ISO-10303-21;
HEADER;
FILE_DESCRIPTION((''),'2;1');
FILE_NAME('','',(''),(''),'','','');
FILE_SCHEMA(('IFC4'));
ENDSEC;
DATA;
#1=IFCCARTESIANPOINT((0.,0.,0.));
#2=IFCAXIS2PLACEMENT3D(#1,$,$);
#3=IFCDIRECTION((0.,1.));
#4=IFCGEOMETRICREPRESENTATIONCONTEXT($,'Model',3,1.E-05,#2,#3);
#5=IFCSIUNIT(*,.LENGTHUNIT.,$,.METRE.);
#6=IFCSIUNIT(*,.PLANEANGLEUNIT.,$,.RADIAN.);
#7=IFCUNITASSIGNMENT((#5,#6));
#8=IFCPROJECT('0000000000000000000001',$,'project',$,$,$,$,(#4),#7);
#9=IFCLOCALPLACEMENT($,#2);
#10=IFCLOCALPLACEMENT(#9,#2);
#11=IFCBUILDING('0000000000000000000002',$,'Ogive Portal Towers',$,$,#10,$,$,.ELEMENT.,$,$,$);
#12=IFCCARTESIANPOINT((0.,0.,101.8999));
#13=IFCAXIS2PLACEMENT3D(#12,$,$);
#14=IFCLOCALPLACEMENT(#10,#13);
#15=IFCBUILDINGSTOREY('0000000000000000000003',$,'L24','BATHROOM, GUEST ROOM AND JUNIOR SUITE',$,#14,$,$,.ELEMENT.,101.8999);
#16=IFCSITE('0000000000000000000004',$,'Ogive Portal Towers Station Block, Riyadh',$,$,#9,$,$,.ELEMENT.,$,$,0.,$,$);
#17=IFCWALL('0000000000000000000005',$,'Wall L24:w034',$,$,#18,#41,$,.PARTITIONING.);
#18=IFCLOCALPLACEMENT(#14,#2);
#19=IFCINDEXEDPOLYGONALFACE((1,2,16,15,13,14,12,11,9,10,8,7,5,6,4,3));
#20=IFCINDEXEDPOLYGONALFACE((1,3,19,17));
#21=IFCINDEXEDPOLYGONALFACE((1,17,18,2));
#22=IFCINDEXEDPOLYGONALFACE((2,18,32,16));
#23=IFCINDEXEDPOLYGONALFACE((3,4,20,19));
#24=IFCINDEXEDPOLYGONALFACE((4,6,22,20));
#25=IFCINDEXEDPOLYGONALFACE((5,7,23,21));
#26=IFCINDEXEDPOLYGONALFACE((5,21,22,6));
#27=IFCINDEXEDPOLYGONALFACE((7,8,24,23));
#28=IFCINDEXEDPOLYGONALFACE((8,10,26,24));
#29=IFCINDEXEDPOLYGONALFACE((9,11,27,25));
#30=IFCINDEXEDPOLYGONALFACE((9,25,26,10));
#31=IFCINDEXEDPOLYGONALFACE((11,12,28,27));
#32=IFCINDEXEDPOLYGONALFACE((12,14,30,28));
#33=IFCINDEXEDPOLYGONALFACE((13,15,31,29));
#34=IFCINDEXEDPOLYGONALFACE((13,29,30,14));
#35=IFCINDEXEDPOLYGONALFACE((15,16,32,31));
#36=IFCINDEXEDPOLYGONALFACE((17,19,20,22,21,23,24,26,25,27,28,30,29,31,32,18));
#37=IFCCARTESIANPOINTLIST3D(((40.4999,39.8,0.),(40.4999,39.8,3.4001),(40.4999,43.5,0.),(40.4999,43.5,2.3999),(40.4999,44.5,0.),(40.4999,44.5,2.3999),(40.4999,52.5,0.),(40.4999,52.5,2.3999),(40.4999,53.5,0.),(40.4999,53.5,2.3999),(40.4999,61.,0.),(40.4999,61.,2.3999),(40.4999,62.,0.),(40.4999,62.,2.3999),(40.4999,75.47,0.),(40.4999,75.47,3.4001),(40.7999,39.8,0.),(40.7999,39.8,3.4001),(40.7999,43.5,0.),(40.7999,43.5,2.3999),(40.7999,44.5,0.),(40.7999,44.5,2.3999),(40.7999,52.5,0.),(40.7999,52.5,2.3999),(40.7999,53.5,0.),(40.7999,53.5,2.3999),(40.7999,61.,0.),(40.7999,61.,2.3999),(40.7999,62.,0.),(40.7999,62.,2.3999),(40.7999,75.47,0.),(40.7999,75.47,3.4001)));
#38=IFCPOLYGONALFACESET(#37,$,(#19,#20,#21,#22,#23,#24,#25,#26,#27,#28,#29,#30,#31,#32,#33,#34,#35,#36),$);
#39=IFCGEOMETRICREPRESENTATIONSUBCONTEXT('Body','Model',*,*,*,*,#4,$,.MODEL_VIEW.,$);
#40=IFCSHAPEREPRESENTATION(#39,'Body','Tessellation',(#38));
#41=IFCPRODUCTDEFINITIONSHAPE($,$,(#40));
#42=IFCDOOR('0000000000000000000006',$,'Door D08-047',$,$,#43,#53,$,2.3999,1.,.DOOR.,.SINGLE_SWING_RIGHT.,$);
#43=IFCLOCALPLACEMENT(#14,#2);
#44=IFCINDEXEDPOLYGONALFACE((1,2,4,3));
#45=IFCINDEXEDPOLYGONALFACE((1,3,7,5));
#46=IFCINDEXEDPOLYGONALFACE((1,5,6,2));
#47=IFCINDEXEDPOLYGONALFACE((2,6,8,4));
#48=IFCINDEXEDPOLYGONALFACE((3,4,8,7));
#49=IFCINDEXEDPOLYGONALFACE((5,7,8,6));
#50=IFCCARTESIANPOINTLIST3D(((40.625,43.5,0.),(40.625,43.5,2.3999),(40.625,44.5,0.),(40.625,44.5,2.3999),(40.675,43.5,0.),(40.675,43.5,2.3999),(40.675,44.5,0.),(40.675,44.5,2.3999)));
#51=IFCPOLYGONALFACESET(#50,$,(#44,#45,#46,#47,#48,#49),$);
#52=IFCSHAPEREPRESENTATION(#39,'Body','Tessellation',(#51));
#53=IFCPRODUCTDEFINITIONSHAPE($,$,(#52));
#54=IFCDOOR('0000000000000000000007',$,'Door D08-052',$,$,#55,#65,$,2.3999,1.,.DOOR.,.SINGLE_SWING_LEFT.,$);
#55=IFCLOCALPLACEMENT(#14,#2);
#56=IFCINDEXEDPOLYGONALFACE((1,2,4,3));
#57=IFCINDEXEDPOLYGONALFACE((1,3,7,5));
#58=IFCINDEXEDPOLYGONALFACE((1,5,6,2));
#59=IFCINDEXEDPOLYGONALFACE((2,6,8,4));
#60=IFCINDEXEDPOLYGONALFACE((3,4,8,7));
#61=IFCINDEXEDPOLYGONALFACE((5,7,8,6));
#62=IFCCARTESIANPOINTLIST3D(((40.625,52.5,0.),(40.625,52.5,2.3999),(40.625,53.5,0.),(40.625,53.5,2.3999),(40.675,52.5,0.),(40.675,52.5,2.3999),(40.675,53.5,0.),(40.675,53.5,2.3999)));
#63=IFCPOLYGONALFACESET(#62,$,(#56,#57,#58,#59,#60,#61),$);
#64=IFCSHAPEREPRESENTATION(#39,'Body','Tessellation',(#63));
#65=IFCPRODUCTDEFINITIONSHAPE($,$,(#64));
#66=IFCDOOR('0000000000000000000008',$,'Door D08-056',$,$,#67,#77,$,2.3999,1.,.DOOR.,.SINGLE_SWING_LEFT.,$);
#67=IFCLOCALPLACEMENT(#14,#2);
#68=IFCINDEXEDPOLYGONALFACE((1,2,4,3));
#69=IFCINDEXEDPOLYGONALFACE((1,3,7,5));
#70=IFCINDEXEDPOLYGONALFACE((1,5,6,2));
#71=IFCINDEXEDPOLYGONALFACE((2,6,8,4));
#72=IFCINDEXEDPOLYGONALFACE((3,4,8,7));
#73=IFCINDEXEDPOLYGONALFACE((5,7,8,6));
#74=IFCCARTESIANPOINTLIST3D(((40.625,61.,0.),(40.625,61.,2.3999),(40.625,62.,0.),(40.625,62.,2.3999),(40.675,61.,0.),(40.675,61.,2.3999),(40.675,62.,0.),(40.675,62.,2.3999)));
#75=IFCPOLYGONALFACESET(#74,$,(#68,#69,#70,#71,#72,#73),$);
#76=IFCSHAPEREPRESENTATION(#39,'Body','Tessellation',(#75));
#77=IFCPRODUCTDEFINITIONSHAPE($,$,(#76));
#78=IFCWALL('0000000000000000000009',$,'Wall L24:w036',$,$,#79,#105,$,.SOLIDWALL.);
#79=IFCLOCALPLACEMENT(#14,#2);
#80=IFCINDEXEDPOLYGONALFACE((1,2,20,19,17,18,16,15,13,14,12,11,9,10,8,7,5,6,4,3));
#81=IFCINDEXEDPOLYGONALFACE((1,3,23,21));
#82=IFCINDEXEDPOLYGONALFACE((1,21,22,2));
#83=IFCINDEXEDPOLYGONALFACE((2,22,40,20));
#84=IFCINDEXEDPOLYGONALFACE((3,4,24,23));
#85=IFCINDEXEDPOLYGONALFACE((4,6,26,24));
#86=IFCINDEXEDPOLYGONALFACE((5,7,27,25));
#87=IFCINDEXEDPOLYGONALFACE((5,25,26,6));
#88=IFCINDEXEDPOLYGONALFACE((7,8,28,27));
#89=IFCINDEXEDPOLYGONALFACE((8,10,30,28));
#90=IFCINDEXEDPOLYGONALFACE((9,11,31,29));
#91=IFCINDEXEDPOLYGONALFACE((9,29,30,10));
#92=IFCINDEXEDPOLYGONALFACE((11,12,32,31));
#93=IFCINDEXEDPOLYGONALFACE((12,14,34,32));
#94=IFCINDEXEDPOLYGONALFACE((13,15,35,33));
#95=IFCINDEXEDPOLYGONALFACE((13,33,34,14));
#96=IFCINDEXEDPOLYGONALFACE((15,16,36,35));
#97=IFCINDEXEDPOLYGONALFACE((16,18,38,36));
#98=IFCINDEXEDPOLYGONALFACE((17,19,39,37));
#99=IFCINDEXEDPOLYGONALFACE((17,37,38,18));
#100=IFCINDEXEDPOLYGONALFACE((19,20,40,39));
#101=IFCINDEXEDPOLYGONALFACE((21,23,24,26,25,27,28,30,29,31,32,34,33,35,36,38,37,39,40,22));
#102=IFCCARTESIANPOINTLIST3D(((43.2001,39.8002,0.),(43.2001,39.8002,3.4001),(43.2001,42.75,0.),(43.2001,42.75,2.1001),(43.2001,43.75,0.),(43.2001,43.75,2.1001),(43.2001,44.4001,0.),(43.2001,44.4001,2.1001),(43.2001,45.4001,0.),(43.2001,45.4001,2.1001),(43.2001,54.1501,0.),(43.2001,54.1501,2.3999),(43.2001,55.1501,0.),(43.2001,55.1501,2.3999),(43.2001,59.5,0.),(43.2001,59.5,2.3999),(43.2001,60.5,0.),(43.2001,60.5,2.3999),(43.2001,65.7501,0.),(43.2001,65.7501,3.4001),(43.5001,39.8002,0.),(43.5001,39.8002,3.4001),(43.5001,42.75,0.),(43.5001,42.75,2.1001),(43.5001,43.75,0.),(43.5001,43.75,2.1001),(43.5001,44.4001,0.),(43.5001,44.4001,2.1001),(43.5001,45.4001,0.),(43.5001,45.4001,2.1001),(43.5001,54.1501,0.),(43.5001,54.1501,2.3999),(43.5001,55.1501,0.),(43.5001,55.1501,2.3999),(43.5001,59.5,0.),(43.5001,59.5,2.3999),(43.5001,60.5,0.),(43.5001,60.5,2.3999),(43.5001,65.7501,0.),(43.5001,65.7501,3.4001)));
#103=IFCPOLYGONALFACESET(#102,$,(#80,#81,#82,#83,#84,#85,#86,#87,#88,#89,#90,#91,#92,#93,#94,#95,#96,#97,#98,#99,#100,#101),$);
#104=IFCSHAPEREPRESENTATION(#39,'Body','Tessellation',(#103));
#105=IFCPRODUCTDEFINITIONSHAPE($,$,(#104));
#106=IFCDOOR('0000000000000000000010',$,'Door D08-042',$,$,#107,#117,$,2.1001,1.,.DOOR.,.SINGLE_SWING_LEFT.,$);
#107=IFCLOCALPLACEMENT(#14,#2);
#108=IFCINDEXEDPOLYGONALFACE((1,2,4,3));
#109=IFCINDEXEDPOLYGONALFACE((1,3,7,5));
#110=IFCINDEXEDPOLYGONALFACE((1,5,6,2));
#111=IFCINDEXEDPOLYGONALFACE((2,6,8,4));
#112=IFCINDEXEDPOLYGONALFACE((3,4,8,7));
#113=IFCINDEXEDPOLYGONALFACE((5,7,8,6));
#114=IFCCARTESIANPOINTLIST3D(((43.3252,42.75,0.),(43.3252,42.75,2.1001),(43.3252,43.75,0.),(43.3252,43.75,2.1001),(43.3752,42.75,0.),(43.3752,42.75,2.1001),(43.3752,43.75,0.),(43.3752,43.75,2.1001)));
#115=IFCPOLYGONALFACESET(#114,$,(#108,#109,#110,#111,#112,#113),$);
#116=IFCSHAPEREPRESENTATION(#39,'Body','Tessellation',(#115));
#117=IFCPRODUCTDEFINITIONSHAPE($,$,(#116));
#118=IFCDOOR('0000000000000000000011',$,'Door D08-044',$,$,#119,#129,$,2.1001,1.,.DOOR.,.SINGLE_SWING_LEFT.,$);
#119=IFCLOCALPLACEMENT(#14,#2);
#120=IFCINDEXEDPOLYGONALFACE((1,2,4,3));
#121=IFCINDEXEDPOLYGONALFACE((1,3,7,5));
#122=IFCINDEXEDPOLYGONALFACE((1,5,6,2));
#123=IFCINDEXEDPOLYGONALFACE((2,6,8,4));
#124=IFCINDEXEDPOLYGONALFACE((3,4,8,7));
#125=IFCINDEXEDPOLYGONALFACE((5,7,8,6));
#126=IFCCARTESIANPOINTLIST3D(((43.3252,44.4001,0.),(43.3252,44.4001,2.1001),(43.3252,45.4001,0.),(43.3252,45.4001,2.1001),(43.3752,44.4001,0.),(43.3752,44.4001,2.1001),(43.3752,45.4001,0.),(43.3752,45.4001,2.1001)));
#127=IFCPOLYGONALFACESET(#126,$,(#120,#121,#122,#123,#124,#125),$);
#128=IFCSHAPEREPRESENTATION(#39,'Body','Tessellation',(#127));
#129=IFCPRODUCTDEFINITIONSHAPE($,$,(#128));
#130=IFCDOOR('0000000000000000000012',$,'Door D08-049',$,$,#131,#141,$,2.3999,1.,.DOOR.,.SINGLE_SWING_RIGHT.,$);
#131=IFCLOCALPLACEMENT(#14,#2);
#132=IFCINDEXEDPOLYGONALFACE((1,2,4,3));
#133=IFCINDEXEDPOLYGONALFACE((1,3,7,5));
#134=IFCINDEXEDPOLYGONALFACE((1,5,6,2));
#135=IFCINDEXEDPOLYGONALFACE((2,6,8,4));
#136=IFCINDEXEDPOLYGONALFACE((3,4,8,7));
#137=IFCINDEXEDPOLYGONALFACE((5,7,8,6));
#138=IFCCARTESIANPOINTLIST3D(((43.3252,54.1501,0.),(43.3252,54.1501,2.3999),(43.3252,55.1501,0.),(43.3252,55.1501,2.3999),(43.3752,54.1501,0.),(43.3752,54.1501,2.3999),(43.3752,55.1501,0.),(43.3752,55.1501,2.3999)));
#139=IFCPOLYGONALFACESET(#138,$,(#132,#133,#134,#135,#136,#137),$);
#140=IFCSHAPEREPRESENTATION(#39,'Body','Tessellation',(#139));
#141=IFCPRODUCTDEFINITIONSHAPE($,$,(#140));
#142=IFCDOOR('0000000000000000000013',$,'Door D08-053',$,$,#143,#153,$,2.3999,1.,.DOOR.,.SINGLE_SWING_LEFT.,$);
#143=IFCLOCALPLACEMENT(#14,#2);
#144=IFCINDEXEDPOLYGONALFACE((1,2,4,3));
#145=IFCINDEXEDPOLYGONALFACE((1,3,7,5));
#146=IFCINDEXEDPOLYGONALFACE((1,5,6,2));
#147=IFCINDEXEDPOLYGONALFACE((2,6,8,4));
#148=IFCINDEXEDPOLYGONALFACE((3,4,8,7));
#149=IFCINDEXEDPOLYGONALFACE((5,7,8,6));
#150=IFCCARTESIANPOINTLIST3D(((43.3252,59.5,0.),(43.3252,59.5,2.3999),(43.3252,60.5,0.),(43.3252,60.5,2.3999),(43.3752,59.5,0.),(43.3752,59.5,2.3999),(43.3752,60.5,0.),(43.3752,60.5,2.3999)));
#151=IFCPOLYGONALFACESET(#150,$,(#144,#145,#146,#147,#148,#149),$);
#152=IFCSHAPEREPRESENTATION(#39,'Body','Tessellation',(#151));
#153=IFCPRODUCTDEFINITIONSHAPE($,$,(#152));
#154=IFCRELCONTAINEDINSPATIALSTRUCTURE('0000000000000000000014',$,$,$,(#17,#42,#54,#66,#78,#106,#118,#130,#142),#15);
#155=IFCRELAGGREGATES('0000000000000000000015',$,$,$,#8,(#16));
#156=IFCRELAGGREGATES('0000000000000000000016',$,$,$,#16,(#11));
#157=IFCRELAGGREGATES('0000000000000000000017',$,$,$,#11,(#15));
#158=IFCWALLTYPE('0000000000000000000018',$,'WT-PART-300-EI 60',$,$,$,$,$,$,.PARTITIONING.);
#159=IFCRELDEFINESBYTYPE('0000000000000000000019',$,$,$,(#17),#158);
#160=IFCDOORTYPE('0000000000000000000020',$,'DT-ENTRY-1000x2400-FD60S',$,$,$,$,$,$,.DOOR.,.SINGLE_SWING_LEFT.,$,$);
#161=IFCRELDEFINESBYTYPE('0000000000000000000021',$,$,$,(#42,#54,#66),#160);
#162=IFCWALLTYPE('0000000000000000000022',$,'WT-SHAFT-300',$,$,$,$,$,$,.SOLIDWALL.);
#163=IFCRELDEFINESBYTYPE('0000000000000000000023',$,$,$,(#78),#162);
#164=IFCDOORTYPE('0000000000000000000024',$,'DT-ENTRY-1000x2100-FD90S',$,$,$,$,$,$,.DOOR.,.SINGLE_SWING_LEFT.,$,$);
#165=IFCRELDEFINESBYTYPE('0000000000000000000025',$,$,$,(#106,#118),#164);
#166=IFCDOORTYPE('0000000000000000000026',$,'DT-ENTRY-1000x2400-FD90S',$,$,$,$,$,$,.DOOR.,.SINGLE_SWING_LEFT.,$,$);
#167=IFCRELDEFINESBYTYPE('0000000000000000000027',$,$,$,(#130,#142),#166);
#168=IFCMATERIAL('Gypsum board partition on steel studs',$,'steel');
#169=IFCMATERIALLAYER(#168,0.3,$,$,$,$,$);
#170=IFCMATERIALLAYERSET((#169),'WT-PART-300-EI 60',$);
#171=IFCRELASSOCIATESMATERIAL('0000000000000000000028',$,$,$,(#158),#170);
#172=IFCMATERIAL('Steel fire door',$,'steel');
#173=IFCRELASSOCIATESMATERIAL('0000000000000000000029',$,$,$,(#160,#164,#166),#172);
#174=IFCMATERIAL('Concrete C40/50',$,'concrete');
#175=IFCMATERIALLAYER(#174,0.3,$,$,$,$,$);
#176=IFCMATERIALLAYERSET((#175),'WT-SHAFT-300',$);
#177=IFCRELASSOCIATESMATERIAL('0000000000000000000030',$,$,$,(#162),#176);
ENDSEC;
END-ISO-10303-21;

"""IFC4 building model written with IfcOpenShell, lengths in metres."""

from ifc_helpers import new_model, si_unit, direction, frame, frame_2d, origin, place, context, subcontext, project, spatial, rectangle, extrude, material, layer, layer_set, type_object, element, fill, save


model = new_model("IFC4")

# Units and contexts
model_context = context("Model", 3, precision=1e-05, world=origin(), true_north=direction((0.0, 1.0)))
body_context = subcontext(model_context, "Body", "Model", "MODEL_VIEW")
ifc_project = project(units=[si_unit("LENGTHUNIT", "METRE"), si_unit("PLANEANGLEUNIT", "RADIAN")], contexts=[model_context])

# Site, building, storey
site_placement = place(None, origin())
site = spatial("IfcSite", under=ifc_project, at=site_placement, Name="Ogive Portal Towers Station Block, Riyadh", CompositionType="ELEMENT", RefElevation=0.0)
building_placement = place(site_placement, origin())
building = spatial("IfcBuilding", under=site, at=building_placement, Name="Ogive Portal Towers", CompositionType="ELEMENT")
storey_placement = place(building_placement, frame((0.0, 0.0, 101.8999)))
storey = spatial("IfcBuildingStorey", under=building, at=storey_placement, Name="L24", Description="BATHROOM, GUEST ROOM AND JUNIOR SUITE", CompositionType="ELEMENT", Elevation=101.8999)

# Shared definitions
ifc_material_1 = material(Name="Gypsum board partition on steel studs", Category="steel")
ifc_layer_1 = layer(ifc_material_1, 0.3)
ifc_layer_set_1 = layer_set([ifc_layer_1], Name="WT-PART-300-EI 60")
wall_type_1 = type_object("IfcWallType", Name="WT-PART-300-EI 60", PredefinedType="PARTITIONING", material=ifc_layer_set_1)

# Walls, openings, doors
ifc_material_2 = material(Name="Steel fire door", Category="steel")
wall_1_placement = place(storey_placement, frame((40.6499, 39.8, 0.0), z_axis=(0.0, 0.0, 1.0), x_axis=(0.0, 1.0, 0.0)))
wall_1 = element("IfcWall", 1, at=wall_1_placement, inside=storey, type_object=wall_type_1, Name="Wall L24:w034", PredefinedType="PARTITIONING", context=body_context, shape_type="SweptSolid", body=[
    extrude(rectangle(XDim=35.6699, YDim=0.3, at=frame_2d((17.835, 0.0))), origin(), (0.0, 0.0, 1.0), 3.4001),
])
opening_1_placement = place(wall_1_placement, frame((3.7, 0.0, 0.0)))
opening_1 = element("IfcOpeningElement", 2, at=opening_1_placement, cuts=wall_1, PredefinedType="OPENING", context=body_context, shape_type="SweptSolid", body=[
    extrude(rectangle(XDim=1.0, YDim=2.3999, at=frame_2d((0.5, 1.2))), frame((0.0, 0.1602, 0.0), z_axis=(0.0, -1.0, 0.0), x_axis=(1.0, 0.0, 0.0)), (0.0, 0.0, 1.0), 0.3201),
])
opening_2_placement = place(wall_1_placement, frame((12.7, 0.0, 0.0)))
opening_2 = element("IfcOpeningElement", 3, at=opening_2_placement, cuts=wall_1, PredefinedType="OPENING", context=body_context, shape_type="SweptSolid", body=[
    extrude(rectangle(XDim=1.0, YDim=2.3999, at=frame_2d((0.5, 1.2))), frame((0.0, 0.1602, 0.0), z_axis=(0.0, -1.0, 0.0), x_axis=(1.0, 0.0, 0.0)), (0.0, 0.0, 1.0), 0.3201),
])
opening_3_placement = place(wall_1_placement, frame((21.2, 0.0, 0.0)))
opening_3 = element("IfcOpeningElement", 4, at=opening_3_placement, cuts=wall_1, PredefinedType="OPENING", context=body_context, shape_type="SweptSolid", body=[
    extrude(rectangle(XDim=1.0, YDim=2.3999, at=frame_2d((0.5, 1.2))), frame((0.0, 0.1602, 0.0), z_axis=(0.0, -1.0, 0.0), x_axis=(1.0, 0.0, 0.0)), (0.0, 0.0, 1.0), 0.3201),
])
door_type_1 = type_object("IfcDoorType", Name="DT-ENTRY-1000x2400-FD60S", OperationType="SINGLE_SWING_LEFT", PredefinedType="DOOR", material=ifc_material_2)
door_1_placement = place(opening_1_placement, origin())
door_1 = element("IfcDoor", 5, at=door_1_placement, inside=storey, type_object=door_type_1, Name="Door D08-047", OperationType="SINGLE_SWING_RIGHT", OverallHeight=2.3999, OverallWidth=1.0, PredefinedType="DOOR", context=body_context, shape_type="SweptSolid", body=[
    extrude(rectangle(XDim=1.0, YDim=2.3999, at=frame_2d((0.5, 1.2))), frame((0.0, 0.0249, 0.0), z_axis=(0.0, -1.0, 0.0), x_axis=(1.0, 0.0, 0.0)), (0.0, 0.0, 1.0), 0.05),
])
fill(opening_1, door_1)
door_2_placement = place(opening_2_placement, origin())
door_2 = element("IfcDoor", 6, at=door_2_placement, inside=storey, type_object=door_type_1, Name="Door D08-052", OperationType="SINGLE_SWING_LEFT", OverallHeight=2.3999, OverallWidth=1.0, PredefinedType="DOOR", context=body_context, shape_type="SweptSolid", body=[
    extrude(rectangle(XDim=1.0, YDim=2.3999, at=frame_2d((0.5, 1.2))), frame((0.0, 0.0249, 0.0), z_axis=(0.0, -1.0, 0.0), x_axis=(1.0, 0.0, 0.0)), (0.0, 0.0, 1.0), 0.05),
])
fill(opening_2, door_2)
door_3_placement = place(opening_3_placement, origin())
door_3 = element("IfcDoor", 7, at=door_3_placement, inside=storey, type_object=door_type_1, Name="Door D08-056", OperationType="SINGLE_SWING_LEFT", OverallHeight=2.3999, OverallWidth=1.0, PredefinedType="DOOR", context=body_context, shape_type="SweptSolid", body=[
    extrude(rectangle(XDim=1.0, YDim=2.3999, at=frame_2d((0.5, 1.2))), frame((0.0, 0.0249, 0.0), z_axis=(0.0, -1.0, 0.0), x_axis=(1.0, 0.0, 0.0)), (0.0, 0.0, 1.0), 0.05),
])
fill(opening_3, door_3)
ifc_material_3 = material(Name="Concrete C40/50", Category="concrete")
ifc_layer_2 = layer(ifc_material_3, 0.3)
ifc_layer_set_2 = layer_set([ifc_layer_2], Name="WT-SHAFT-300")
wall_type_2 = type_object("IfcWallType", Name="WT-SHAFT-300", PredefinedType="SOLIDWALL", material=ifc_layer_set_2)
wall_2_placement = place(storey_placement, frame((43.3501, 39.8, 0.0), z_axis=(0.0, 0.0, 1.0), x_axis=(0.0, 1.0, 0.0)))
wall_2 = element("IfcWall", 8, at=wall_2_placement, inside=storey, type_object=wall_type_2, Name="Wall L24:w036", PredefinedType="SOLIDWALL", context=body_context, shape_type="SweptSolid", body=[
    extrude(rectangle(XDim=25.95, YDim=0.3, at=frame_2d((12.9751, 0.0))), origin(), (0.0, 0.0, 1.0), 3.4001),
])
opening_4_placement = place(wall_2_placement, frame((2.95, 0.0, 0.0)))
opening_4 = element("IfcOpeningElement", 9, at=opening_4_placement, cuts=wall_2, PredefinedType="OPENING", context=body_context, shape_type="SweptSolid", body=[
    extrude(rectangle(XDim=1.0, YDim=2.1001, at=frame_2d((0.5, 1.05))), frame((0.0, 0.1602, 0.0), z_axis=(0.0, -1.0, 0.0), x_axis=(1.0, 0.0, 0.0)), (0.0, 0.0, 1.0), 0.3201),
])
opening_5_placement = place(wall_2_placement, frame((4.6001, 0.0, 0.0)))
opening_5 = element("IfcOpeningElement", 10, at=opening_5_placement, cuts=wall_2, PredefinedType="OPENING", context=body_context, shape_type="SweptSolid", body=[
    extrude(rectangle(XDim=1.0, YDim=2.1001, at=frame_2d((0.5, 1.05))), frame((0.0, 0.1602, 0.0), z_axis=(0.0, -1.0, 0.0), x_axis=(1.0, 0.0, 0.0)), (0.0, 0.0, 1.0), 0.3201),
])
opening_6_placement = place(wall_2_placement, frame((14.3501, 0.0, 0.0)))
opening_6 = element("IfcOpeningElement", 11, at=opening_6_placement, cuts=wall_2, PredefinedType="OPENING", context=body_context, shape_type="SweptSolid", body=[
    extrude(rectangle(XDim=1.0, YDim=2.3999, at=frame_2d((0.5, 1.2))), frame((0.0, 0.1602, 0.0), z_axis=(0.0, -1.0, 0.0), x_axis=(1.0, 0.0, 0.0)), (0.0, 0.0, 1.0), 0.3201),
])
opening_7_placement = place(wall_2_placement, frame((19.7, 0.0, 0.0)))
opening_7 = element("IfcOpeningElement", 12, at=opening_7_placement, cuts=wall_2, PredefinedType="OPENING", context=body_context, shape_type="SweptSolid", body=[
    extrude(rectangle(XDim=1.0, YDim=2.3999, at=frame_2d((0.5, 1.2))), frame((0.0, 0.1602, 0.0), z_axis=(0.0, -1.0, 0.0), x_axis=(1.0, 0.0, 0.0)), (0.0, 0.0, 1.0), 0.3201),
])
door_type_2 = type_object("IfcDoorType", Name="DT-ENTRY-1000x2100-FD90S", OperationType="SINGLE_SWING_LEFT", PredefinedType="DOOR", material=ifc_material_2)
door_4_placement = place(opening_4_placement, origin())
door_4 = element("IfcDoor", 13, at=door_4_placement, inside=storey, type_object=door_type_2, Name="Door D08-042", OperationType="SINGLE_SWING_LEFT", OverallHeight=2.1001, OverallWidth=1.0, PredefinedType="DOOR", context=body_context, shape_type="SweptSolid", body=[
    extrude(rectangle(XDim=1.0, YDim=2.1001, at=frame_2d((0.5, 1.05))), frame((0.0, 0.0249, 0.0), z_axis=(0.0, -1.0, 0.0), x_axis=(1.0, 0.0, 0.0)), (0.0, 0.0, 1.0), 0.05),
])
fill(opening_4, door_4)
door_5_placement = place(opening_5_placement, origin())
door_5 = element("IfcDoor", 14, at=door_5_placement, inside=storey, type_object=door_type_2, Name="Door D08-044", OperationType="SINGLE_SWING_LEFT", OverallHeight=2.1001, OverallWidth=1.0, PredefinedType="DOOR", context=body_context, shape_type="SweptSolid", body=[
    extrude(rectangle(XDim=1.0, YDim=2.1001, at=frame_2d((0.5, 1.05))), frame((0.0, 0.0249, 0.0), z_axis=(0.0, -1.0, 0.0), x_axis=(1.0, 0.0, 0.0)), (0.0, 0.0, 1.0), 0.05),
])
fill(opening_5, door_5)
door_type_3 = type_object("IfcDoorType", Name="DT-ENTRY-1000x2400-FD90S", OperationType="SINGLE_SWING_LEFT", PredefinedType="DOOR", material=ifc_material_2)
door_6_placement = place(opening_6_placement, origin())
door_6 = element("IfcDoor", 15, at=door_6_placement, inside=storey, type_object=door_type_3, Name="Door D08-049", OperationType="SINGLE_SWING_RIGHT", OverallHeight=2.3999, OverallWidth=1.0, PredefinedType="DOOR", context=body_context, shape_type="SweptSolid", body=[
    extrude(rectangle(XDim=1.0, YDim=2.3999, at=frame_2d((0.5, 1.2))), frame((0.0, 0.0249, 0.0), z_axis=(0.0, -1.0, 0.0), x_axis=(1.0, 0.0, 0.0)), (0.0, 0.0, 1.0), 0.05),
])
fill(opening_6, door_6)
door_7_placement = place(opening_7_placement, origin())
door_7 = element("IfcDoor", 16, at=door_7_placement, inside=storey, type_object=door_type_3, Name="Door D08-053", OperationType="SINGLE_SWING_LEFT", OverallHeight=2.3999, OverallWidth=1.0, PredefinedType="DOOR", context=body_context, shape_type="SweptSolid", body=[
    extrude(rectangle(XDim=1.0, YDim=2.3999, at=frame_2d((0.5, 1.2))), frame((0.0, 0.0249, 0.0), z_axis=(0.0, -1.0, 0.0), x_axis=(1.0, 0.0, 0.0)), (0.0, 0.0, 1.0), 0.05),
])
fill(opening_7, door_7)

save(model, "model.ifc")
